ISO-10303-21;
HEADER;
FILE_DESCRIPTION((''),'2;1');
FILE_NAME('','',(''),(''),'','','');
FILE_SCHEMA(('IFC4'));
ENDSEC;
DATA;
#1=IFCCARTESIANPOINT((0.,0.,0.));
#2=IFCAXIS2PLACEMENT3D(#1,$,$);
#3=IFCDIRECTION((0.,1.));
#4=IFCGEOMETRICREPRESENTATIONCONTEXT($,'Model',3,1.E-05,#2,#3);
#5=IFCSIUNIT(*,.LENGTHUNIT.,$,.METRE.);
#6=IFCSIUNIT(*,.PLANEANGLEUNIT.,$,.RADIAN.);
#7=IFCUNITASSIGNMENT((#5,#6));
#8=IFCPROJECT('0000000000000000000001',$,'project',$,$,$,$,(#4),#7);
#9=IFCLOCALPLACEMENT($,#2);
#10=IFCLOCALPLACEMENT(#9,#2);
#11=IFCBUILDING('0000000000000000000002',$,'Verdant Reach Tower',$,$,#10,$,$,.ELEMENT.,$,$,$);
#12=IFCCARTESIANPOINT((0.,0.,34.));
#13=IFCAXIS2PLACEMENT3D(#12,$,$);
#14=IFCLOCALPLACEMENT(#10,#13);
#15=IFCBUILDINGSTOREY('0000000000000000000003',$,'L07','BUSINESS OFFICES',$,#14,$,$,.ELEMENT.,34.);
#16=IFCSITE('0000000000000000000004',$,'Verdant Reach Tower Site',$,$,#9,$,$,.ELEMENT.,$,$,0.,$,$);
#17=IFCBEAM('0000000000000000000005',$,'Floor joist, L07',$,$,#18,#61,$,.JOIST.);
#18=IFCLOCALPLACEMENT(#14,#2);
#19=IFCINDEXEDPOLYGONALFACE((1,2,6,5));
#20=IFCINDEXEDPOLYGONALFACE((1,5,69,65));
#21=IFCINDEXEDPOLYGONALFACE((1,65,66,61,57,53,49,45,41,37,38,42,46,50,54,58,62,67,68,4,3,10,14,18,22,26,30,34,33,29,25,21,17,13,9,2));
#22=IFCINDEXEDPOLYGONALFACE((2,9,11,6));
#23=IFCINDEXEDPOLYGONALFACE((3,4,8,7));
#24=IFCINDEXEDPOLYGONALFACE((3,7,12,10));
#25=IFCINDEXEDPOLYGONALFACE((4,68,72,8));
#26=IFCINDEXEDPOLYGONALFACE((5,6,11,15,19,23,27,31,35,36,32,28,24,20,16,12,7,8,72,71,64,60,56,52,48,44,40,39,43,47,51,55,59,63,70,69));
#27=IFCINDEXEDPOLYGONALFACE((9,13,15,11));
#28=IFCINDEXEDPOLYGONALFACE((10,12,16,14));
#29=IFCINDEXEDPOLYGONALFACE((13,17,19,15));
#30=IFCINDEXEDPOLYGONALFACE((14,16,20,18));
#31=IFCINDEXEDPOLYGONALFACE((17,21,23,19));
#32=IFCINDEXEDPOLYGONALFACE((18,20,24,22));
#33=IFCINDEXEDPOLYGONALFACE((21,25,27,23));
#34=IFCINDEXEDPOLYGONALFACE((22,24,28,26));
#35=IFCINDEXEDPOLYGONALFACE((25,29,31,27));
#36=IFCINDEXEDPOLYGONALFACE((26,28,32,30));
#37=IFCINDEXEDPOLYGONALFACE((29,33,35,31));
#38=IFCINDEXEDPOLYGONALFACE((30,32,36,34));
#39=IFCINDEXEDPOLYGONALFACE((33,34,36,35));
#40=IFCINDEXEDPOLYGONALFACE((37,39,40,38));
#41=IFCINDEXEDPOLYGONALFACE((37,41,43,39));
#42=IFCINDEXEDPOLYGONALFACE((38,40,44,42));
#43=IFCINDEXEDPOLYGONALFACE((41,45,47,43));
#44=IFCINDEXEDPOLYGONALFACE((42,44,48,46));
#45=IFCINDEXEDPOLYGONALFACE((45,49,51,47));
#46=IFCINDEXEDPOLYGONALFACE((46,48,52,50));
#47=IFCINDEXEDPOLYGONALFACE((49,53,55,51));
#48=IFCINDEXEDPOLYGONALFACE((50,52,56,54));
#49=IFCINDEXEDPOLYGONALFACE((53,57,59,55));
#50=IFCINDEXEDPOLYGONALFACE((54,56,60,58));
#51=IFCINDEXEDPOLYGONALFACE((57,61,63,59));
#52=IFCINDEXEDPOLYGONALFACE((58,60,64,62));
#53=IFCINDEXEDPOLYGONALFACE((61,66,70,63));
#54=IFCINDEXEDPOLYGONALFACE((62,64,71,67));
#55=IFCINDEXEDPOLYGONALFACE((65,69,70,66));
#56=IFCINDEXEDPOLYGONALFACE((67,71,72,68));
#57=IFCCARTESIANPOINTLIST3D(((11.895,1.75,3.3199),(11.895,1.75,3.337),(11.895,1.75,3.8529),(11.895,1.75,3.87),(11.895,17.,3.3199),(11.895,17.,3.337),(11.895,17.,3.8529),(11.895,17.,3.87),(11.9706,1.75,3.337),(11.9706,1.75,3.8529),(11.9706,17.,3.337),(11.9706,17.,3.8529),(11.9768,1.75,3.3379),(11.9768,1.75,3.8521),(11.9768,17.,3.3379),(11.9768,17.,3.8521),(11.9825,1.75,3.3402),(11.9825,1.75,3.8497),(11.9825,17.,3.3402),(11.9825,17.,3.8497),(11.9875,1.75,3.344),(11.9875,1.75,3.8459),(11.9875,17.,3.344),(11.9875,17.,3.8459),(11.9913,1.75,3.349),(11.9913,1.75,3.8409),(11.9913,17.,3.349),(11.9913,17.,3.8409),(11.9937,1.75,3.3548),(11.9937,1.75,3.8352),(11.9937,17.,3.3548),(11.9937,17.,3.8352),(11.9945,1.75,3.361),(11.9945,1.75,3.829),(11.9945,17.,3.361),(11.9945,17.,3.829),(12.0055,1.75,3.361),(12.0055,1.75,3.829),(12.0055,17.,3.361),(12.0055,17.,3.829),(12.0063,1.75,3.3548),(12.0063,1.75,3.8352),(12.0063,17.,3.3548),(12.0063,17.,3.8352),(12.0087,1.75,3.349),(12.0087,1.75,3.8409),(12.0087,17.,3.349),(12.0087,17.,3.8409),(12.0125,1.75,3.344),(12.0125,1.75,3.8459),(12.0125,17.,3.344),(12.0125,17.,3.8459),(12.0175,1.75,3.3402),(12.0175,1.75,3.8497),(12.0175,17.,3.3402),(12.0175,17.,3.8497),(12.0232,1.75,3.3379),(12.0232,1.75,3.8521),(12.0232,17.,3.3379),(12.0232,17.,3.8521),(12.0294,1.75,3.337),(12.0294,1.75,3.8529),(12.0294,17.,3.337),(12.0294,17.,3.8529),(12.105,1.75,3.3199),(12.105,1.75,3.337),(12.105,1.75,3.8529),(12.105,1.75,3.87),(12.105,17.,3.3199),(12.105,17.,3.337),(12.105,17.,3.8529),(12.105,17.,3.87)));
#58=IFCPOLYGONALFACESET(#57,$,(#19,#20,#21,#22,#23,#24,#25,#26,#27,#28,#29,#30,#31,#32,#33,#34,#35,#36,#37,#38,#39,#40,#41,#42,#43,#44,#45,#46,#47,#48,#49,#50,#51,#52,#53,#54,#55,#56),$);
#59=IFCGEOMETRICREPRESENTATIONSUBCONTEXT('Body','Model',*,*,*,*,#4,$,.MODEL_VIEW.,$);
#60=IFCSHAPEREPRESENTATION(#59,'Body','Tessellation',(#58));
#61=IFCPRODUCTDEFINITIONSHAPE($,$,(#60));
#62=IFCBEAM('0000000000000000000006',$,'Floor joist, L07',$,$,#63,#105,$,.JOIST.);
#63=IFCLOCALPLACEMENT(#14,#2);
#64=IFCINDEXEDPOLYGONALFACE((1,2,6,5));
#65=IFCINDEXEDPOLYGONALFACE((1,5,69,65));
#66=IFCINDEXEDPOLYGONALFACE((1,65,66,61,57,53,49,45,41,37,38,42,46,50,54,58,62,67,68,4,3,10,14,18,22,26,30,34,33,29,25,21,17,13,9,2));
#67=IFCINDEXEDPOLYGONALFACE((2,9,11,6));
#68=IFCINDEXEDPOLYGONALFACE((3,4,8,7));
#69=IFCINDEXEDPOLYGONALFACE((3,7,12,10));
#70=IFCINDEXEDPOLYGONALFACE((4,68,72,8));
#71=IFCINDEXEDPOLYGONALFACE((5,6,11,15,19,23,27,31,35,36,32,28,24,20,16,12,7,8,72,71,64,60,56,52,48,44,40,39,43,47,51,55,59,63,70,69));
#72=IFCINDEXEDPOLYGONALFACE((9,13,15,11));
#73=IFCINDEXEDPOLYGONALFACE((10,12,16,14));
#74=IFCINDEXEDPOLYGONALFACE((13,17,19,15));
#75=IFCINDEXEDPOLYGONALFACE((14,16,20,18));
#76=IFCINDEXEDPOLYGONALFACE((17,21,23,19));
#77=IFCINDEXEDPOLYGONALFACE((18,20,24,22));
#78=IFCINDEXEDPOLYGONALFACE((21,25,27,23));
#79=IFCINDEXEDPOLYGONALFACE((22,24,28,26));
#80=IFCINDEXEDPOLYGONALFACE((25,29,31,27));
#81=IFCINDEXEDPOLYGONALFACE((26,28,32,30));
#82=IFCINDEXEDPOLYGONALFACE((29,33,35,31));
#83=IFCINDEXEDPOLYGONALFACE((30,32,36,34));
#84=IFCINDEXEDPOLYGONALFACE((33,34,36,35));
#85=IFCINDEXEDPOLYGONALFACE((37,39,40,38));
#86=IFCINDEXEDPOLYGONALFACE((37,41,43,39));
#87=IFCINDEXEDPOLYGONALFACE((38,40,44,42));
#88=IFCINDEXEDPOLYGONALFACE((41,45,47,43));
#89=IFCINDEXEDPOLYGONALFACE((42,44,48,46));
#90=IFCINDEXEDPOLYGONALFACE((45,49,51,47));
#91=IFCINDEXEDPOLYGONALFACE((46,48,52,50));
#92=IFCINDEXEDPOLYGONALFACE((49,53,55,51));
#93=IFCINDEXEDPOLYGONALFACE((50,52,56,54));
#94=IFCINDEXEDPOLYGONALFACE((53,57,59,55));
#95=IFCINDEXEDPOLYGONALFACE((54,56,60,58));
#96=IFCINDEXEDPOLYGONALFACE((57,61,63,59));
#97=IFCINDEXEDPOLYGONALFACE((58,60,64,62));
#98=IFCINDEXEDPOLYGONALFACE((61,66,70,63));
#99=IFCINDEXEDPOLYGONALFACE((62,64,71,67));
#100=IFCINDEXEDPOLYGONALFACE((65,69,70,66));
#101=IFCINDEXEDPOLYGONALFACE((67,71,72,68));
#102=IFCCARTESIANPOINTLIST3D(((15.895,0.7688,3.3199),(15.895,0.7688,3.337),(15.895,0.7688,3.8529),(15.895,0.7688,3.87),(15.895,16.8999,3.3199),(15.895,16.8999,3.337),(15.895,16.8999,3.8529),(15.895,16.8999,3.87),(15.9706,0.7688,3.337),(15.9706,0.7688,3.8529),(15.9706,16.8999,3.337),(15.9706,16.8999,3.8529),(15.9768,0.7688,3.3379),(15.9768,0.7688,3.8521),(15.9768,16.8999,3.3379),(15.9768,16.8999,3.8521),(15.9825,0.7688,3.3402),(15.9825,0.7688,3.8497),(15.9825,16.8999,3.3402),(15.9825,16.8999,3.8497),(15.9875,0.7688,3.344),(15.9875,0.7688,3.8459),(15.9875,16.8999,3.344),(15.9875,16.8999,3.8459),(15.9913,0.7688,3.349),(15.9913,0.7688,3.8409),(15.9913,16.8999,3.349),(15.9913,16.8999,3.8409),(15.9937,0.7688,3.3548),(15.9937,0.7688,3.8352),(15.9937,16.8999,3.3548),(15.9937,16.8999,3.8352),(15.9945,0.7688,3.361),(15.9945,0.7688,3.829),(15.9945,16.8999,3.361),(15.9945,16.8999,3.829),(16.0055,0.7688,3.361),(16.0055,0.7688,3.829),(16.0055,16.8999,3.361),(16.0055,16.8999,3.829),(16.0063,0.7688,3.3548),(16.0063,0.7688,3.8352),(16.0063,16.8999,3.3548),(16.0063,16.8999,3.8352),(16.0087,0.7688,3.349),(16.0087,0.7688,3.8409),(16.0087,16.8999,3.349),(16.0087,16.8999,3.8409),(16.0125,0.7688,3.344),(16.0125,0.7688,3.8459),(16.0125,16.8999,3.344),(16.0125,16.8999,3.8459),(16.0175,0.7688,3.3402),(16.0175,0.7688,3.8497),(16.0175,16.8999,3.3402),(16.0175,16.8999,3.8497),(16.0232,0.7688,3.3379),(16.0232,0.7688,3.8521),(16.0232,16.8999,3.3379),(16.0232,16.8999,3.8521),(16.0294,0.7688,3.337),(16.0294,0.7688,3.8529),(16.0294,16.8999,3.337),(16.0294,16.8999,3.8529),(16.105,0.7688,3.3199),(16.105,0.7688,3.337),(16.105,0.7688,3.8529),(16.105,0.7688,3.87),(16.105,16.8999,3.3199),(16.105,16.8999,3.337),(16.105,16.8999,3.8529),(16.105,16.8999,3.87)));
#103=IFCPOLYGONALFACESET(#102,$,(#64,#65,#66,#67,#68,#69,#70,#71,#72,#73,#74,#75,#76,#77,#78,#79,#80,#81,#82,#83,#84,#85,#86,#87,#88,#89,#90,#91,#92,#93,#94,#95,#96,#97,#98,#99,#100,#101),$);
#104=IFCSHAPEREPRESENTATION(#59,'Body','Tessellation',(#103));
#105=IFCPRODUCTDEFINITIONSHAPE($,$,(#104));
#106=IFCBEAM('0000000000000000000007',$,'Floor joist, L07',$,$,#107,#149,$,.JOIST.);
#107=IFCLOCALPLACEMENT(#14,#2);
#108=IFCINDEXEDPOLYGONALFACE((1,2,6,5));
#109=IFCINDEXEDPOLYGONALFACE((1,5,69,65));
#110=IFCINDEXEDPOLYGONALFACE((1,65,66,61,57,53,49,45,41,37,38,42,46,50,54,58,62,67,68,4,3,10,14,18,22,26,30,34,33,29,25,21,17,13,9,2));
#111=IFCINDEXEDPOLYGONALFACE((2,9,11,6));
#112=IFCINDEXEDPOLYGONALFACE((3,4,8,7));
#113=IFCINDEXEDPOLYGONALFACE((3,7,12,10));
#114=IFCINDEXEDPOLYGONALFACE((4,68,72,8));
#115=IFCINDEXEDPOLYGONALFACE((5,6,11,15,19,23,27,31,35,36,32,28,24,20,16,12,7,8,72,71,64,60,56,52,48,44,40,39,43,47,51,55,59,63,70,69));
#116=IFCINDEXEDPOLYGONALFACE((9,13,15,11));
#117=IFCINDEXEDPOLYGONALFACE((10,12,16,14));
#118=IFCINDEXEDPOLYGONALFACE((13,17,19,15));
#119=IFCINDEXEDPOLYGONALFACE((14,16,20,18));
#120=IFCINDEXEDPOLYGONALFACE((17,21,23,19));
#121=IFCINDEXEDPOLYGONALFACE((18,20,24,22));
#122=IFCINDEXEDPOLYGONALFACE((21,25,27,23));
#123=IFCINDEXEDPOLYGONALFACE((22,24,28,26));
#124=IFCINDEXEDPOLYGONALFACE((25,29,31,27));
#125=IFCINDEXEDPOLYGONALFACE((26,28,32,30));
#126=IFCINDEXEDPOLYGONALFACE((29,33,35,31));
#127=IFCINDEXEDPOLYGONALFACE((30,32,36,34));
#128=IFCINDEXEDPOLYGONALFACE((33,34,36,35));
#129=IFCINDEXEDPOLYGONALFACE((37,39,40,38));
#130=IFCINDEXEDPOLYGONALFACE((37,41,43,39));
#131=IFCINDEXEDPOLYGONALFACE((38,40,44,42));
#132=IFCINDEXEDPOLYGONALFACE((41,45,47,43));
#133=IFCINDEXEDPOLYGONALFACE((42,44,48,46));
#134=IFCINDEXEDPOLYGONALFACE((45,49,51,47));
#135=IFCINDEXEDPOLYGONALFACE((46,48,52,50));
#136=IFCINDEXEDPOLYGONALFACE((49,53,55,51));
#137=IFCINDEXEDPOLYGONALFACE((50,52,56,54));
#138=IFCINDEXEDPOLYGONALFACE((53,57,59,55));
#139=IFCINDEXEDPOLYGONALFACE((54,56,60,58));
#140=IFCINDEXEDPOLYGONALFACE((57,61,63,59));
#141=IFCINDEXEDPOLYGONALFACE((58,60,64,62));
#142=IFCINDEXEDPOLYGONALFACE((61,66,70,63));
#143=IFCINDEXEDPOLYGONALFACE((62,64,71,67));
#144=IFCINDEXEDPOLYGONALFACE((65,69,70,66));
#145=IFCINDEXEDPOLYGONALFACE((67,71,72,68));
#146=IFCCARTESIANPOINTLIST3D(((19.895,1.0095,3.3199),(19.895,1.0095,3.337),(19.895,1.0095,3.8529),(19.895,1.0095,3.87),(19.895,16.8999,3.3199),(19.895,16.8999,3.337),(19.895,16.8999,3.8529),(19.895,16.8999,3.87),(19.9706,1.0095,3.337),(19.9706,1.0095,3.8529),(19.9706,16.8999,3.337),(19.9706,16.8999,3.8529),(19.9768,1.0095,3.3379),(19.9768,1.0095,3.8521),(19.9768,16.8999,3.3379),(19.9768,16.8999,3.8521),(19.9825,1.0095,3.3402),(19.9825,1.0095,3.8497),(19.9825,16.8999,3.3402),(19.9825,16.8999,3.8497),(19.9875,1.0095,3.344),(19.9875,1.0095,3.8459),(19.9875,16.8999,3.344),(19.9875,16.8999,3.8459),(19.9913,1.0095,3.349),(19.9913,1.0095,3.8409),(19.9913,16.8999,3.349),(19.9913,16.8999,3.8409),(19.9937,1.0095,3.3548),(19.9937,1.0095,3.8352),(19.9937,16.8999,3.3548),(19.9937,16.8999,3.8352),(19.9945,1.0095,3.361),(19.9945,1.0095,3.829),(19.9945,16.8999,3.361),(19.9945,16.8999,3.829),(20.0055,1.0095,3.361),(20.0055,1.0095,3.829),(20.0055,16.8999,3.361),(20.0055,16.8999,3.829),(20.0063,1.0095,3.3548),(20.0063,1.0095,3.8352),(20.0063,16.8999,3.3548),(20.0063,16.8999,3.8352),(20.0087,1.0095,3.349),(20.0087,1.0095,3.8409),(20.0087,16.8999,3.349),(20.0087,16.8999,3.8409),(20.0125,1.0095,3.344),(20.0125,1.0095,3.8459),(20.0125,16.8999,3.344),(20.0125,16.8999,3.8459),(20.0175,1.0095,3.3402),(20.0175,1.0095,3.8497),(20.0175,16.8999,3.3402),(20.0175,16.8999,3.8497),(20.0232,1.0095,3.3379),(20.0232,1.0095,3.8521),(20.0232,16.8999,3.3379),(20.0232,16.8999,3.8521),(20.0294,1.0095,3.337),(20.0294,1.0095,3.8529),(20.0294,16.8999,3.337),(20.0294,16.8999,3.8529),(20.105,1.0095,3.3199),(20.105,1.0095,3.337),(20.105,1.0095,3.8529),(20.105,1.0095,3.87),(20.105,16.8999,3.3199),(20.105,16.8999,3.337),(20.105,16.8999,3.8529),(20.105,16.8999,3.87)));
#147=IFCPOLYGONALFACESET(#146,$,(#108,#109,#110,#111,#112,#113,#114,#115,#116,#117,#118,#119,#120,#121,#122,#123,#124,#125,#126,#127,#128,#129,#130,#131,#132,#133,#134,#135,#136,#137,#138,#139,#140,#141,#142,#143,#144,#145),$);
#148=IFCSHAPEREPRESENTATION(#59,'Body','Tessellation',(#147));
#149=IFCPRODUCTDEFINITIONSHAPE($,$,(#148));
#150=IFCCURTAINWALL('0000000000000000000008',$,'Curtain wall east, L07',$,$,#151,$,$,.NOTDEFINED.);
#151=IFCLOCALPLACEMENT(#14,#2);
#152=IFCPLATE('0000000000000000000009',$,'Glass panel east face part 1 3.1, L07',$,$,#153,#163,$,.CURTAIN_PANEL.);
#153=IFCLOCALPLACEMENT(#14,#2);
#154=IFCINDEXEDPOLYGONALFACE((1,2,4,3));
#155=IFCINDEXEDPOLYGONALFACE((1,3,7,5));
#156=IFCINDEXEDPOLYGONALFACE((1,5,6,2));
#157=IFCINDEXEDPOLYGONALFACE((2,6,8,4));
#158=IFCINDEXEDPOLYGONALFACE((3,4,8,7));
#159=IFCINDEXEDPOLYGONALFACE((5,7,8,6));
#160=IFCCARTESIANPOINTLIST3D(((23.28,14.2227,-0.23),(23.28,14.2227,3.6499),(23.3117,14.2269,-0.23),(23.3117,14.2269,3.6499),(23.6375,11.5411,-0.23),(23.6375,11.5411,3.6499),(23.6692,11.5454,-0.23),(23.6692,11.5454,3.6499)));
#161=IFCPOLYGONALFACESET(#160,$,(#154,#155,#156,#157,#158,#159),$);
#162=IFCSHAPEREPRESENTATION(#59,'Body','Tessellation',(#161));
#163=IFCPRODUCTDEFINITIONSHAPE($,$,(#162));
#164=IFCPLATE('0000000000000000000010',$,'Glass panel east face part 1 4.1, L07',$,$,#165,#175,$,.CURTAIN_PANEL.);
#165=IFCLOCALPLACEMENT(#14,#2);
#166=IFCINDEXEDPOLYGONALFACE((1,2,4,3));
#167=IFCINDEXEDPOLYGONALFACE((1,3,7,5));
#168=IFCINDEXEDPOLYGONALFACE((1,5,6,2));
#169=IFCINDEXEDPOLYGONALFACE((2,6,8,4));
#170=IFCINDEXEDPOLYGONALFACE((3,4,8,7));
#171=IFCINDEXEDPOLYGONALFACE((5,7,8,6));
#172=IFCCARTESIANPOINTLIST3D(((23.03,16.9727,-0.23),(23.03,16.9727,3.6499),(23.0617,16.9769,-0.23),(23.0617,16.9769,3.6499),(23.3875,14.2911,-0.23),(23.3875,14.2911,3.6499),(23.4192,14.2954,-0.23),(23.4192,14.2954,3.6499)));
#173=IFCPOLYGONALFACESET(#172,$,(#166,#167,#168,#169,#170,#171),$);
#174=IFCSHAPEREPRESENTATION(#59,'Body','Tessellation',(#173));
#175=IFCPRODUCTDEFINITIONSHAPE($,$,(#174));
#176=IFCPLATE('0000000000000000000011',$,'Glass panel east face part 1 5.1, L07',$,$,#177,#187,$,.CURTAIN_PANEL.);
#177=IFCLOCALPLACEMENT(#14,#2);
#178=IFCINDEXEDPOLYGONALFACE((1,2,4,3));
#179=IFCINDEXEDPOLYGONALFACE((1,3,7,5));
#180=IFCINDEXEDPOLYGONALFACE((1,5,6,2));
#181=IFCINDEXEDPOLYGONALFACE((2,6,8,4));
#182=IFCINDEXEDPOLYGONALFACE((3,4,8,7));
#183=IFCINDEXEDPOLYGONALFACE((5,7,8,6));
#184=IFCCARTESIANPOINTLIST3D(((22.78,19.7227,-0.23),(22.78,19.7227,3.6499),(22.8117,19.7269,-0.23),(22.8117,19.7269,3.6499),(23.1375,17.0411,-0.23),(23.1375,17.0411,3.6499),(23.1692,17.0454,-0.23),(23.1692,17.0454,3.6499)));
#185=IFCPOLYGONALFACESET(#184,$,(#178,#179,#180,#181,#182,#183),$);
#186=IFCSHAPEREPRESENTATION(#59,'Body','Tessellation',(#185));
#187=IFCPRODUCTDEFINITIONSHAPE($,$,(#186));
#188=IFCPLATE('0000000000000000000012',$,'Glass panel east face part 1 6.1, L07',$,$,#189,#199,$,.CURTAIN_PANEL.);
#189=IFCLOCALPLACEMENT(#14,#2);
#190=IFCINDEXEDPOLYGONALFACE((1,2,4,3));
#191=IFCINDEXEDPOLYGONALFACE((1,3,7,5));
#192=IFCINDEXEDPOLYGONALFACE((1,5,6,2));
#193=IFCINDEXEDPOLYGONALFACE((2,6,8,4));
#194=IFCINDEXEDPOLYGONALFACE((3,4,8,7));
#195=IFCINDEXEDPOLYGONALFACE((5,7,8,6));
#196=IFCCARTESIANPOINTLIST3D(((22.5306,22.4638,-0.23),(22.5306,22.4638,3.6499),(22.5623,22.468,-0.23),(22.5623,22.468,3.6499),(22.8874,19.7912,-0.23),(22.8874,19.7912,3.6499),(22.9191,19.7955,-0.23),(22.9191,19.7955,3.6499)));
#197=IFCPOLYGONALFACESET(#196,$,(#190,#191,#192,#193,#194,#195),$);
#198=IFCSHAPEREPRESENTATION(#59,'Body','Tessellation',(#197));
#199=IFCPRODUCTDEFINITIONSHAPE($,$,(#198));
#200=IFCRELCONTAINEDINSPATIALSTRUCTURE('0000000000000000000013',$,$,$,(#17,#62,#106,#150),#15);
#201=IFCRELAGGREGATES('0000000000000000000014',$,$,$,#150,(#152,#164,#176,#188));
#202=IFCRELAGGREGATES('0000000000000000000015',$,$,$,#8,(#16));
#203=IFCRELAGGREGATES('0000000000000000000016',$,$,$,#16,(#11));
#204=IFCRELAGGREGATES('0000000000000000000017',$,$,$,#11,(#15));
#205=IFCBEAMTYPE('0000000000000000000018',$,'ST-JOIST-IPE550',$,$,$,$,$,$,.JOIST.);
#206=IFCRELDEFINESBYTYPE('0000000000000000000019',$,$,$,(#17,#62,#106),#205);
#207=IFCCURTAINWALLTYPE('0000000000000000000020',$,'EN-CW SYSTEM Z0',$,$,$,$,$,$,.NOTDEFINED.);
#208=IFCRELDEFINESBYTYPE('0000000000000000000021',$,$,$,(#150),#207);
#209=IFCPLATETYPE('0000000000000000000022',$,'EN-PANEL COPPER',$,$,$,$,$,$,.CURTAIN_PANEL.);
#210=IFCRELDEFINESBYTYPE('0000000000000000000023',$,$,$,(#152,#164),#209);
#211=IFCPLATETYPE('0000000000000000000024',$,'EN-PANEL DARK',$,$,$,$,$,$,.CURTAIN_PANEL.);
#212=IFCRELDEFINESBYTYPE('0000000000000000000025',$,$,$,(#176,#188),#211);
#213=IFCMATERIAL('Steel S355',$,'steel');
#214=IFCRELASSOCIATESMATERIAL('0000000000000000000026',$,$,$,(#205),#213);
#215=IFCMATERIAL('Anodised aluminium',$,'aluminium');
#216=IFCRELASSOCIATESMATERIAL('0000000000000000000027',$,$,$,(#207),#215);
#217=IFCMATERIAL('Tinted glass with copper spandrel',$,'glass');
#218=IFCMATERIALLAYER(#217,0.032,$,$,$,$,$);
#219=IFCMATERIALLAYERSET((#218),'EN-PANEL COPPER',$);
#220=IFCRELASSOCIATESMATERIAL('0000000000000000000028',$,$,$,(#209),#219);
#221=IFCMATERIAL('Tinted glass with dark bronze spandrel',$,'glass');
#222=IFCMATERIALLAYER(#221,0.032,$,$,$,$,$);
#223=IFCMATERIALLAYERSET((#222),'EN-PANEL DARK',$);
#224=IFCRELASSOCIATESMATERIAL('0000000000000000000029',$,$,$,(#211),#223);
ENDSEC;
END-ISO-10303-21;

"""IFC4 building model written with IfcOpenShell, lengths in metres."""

from ifc_helpers import new_model, si_unit, direction, frame, origin, origin_2d, place, context, subcontext, project, spatial, rectangle, i_section, extrude, material, layer, layer_set, material_profile, profile_set, type_object, element, aggregate, save


model = new_model("IFC4")

# Units and contexts
model_context = context("Model", 3, precision=1e-05, world=origin(), true_north=direction((0.0, 1.0)))
body_context = subcontext(model_context, "Body", "Model", "MODEL_VIEW")
ifc_project = project(units=[si_unit("LENGTHUNIT", "METRE"), si_unit("PLANEANGLEUNIT", "RADIAN")], contexts=[model_context])

# Site, building, storey
site_placement = place(None, origin())
site = spatial("IfcSite", under=ifc_project, at=site_placement, Name="Verdant Reach Tower Site", CompositionType="ELEMENT", RefElevation=0.0)
building_placement = place(site_placement, origin())
building = spatial("IfcBuilding", under=site, at=building_placement, Name="Verdant Reach Tower", CompositionType="ELEMENT")
storey_placement = place(building_placement, frame((0.0, 0.0, 34.0)))
storey = spatial("IfcBuildingStorey", under=building, at=storey_placement, Name="L07", Description="BUSINESS OFFICES", CompositionType="ELEMENT", Elevation=34.0)

# Beams
ifc_material_1 = material(Name="Steel S355", Category="steel")
ifc_material_profile_1 = material_profile(ifc_material_1, i_section(OverallWidth=0.21, OverallDepth=0.55, WebThickness=0.011, FlangeThickness=0.0171, FilletRadius=0.0239, at=origin_2d()), Name="IPE 550")
ifc_profile_set_1 = profile_set([ifc_material_profile_1], Name="Steel S355")
beam_type_1 = type_object("IfcBeamType", Name="ST-JOIST-IPE550", PredefinedType="JOIST", material=ifc_profile_set_1)
beam_1_placement = place(storey_placement, frame((12.0, 17.0, 3.595), z_axis=(0.0, -1.0, 0.0), x_axis=(1.0, 0.0, 0.0)))
element("IfcBeam", 1, at=beam_1_placement, inside=storey, type_object=beam_type_1, Name="Floor joist, L07", PredefinedType="JOIST", context=body_context, shape_type="SweptSolid", body=[
    extrude(i_section(OverallWidth=0.21, OverallDepth=0.55, WebThickness=0.011, FlangeThickness=0.0171, FilletRadius=0.0239, at=origin_2d()), origin(), (0.0, 0.0, 1.0), 15.25),
])
beam_2_placement = place(storey_placement, frame((16.0, 16.8999, 3.595), z_axis=(0.0, -1.0, 0.0), x_axis=(1.0, 0.0, 0.0)))
element("IfcBeam", 2, at=beam_2_placement, inside=storey, type_object=beam_type_1, Name="Floor joist, L07", PredefinedType="JOIST", context=body_context, shape_type="SweptSolid", body=[
    extrude(i_section(OverallWidth=0.21, OverallDepth=0.55, WebThickness=0.011, FlangeThickness=0.0171, FilletRadius=0.0239, at=origin_2d()), origin(), (0.0, 0.0, 1.0), 16.1311),
])
beam_3_placement = place(storey_placement, frame((20.0, 16.8999, 3.595), z_axis=(0.0, -1.0, 0.0), x_axis=(1.0, 0.0, 0.0)))
element("IfcBeam", 3, at=beam_3_placement, inside=storey, type_object=beam_type_1, Name="Floor joist, L07", PredefinedType="JOIST", context=body_context, shape_type="SweptSolid", body=[
    extrude(i_section(OverallWidth=0.21, OverallDepth=0.55, WebThickness=0.011, FlangeThickness=0.0171, FilletRadius=0.0239, at=origin_2d()), origin(), (0.0, 0.0, 1.0), 15.8904),
])

# Curtain wall, plates
ifc_material_2 = material(Name="Anodised aluminium", Category="aluminium")
curtain_wall_type = type_object("IfcCurtainWallType", Name="EN-CW SYSTEM Z0", PredefinedType="NOTDEFINED", material=ifc_material_2)
curtain_wall_placement = place(storey_placement, origin())
curtain_wall = element("IfcCurtainWall", 4, at=curtain_wall_placement, inside=storey, type_object=curtain_wall_type, Name="Curtain wall east, L07", PredefinedType="NOTDEFINED")
ifc_material_3 = material(Name="Tinted glass with copper spandrel", Category="glass")
ifc_layer_1 = layer(ifc_material_3, 0.032)
ifc_layer_set_1 = layer_set([ifc_layer_1], Name="EN-PANEL COPPER")
plate_type_1 = type_object("IfcPlateType", Name="EN-PANEL COPPER", PredefinedType="CURTAIN_PANEL", material=ifc_layer_set_1)
plate_1_placement = place(storey_placement, frame((23.4746, 12.884, -0.23), z_axis=(0.0, 0.0, 1.0), x_axis=(-0.13216, 0.991228, 0.0)))
plate_1 = element("IfcPlate", 5, at=plate_1_placement, type_object=plate_type_1, Name="Glass panel east face part 1 3.1, L07", PredefinedType="CURTAIN_PANEL", context=body_context, shape_type="SweptSolid", body=[
    extrude(rectangle(XDim=2.7053, YDim=0.032, at=origin_2d()), origin(), (0.0, 0.0, 1.0), 3.8799),
])
plate_2_placement = place(storey_placement, frame((23.2246, 15.634, -0.23), z_axis=(0.0, 0.0, 1.0), x_axis=(-0.13216, 0.991228, 0.0)))
plate_2 = element("IfcPlate", 6, at=plate_2_placement, type_object=plate_type_1, Name="Glass panel east face part 1 4.1, L07", PredefinedType="CURTAIN_PANEL", context=body_context, shape_type="SweptSolid", body=[
    extrude(rectangle(XDim=2.7053, YDim=0.032, at=origin_2d()), origin(), (0.0, 0.0, 1.0), 3.8799),
])
ifc_material_4 = material(Name="Tinted glass with dark bronze spandrel", Category="glass")
ifc_layer_2 = layer(ifc_material_4, 0.032)
ifc_layer_set_2 = layer_set([ifc_layer_2], Name="EN-PANEL DARK")
plate_type_2 = type_object("IfcPlateType", Name="EN-PANEL DARK", PredefinedType="CURTAIN_PANEL", material=ifc_layer_set_2)
plate_3_placement = place(storey_placement, frame((22.9746, 18.384, -0.23), z_axis=(0.0, 0.0, 1.0), x_axis=(-0.13216, 0.991228, 0.0)))
plate_3 = element("IfcPlate", 7, at=plate_3_placement, type_object=plate_type_2, Name="Glass panel east face part 1 5.1, L07", PredefinedType="CURTAIN_PANEL", context=body_context, shape_type="SweptSolid", body=[
    extrude(rectangle(XDim=2.7053, YDim=0.032, at=origin_2d()), origin(), (0.0, 0.0, 1.0), 3.8799),
])
plate_4_placement = place(storey_placement, frame((22.7249, 21.1296, -0.23), z_axis=(0.0, 0.0, 1.0), x_axis=(-0.132308, 0.991209, 0.0)))
plate_4 = element("IfcPlate", 8, at=plate_4_placement, type_object=plate_type_2, Name="Glass panel east face part 1 6.1, L07", PredefinedType="CURTAIN_PANEL", context=body_context, shape_type="SweptSolid", body=[
    extrude(rectangle(XDim=2.6963, YDim=0.032, at=origin_2d()), origin(), (0.0, 0.0, 1.0), 3.8799),
])
aggregate(curtain_wall, [plate_1, plate_2, plate_3, plate_4])

save(model, "model.ifc")
